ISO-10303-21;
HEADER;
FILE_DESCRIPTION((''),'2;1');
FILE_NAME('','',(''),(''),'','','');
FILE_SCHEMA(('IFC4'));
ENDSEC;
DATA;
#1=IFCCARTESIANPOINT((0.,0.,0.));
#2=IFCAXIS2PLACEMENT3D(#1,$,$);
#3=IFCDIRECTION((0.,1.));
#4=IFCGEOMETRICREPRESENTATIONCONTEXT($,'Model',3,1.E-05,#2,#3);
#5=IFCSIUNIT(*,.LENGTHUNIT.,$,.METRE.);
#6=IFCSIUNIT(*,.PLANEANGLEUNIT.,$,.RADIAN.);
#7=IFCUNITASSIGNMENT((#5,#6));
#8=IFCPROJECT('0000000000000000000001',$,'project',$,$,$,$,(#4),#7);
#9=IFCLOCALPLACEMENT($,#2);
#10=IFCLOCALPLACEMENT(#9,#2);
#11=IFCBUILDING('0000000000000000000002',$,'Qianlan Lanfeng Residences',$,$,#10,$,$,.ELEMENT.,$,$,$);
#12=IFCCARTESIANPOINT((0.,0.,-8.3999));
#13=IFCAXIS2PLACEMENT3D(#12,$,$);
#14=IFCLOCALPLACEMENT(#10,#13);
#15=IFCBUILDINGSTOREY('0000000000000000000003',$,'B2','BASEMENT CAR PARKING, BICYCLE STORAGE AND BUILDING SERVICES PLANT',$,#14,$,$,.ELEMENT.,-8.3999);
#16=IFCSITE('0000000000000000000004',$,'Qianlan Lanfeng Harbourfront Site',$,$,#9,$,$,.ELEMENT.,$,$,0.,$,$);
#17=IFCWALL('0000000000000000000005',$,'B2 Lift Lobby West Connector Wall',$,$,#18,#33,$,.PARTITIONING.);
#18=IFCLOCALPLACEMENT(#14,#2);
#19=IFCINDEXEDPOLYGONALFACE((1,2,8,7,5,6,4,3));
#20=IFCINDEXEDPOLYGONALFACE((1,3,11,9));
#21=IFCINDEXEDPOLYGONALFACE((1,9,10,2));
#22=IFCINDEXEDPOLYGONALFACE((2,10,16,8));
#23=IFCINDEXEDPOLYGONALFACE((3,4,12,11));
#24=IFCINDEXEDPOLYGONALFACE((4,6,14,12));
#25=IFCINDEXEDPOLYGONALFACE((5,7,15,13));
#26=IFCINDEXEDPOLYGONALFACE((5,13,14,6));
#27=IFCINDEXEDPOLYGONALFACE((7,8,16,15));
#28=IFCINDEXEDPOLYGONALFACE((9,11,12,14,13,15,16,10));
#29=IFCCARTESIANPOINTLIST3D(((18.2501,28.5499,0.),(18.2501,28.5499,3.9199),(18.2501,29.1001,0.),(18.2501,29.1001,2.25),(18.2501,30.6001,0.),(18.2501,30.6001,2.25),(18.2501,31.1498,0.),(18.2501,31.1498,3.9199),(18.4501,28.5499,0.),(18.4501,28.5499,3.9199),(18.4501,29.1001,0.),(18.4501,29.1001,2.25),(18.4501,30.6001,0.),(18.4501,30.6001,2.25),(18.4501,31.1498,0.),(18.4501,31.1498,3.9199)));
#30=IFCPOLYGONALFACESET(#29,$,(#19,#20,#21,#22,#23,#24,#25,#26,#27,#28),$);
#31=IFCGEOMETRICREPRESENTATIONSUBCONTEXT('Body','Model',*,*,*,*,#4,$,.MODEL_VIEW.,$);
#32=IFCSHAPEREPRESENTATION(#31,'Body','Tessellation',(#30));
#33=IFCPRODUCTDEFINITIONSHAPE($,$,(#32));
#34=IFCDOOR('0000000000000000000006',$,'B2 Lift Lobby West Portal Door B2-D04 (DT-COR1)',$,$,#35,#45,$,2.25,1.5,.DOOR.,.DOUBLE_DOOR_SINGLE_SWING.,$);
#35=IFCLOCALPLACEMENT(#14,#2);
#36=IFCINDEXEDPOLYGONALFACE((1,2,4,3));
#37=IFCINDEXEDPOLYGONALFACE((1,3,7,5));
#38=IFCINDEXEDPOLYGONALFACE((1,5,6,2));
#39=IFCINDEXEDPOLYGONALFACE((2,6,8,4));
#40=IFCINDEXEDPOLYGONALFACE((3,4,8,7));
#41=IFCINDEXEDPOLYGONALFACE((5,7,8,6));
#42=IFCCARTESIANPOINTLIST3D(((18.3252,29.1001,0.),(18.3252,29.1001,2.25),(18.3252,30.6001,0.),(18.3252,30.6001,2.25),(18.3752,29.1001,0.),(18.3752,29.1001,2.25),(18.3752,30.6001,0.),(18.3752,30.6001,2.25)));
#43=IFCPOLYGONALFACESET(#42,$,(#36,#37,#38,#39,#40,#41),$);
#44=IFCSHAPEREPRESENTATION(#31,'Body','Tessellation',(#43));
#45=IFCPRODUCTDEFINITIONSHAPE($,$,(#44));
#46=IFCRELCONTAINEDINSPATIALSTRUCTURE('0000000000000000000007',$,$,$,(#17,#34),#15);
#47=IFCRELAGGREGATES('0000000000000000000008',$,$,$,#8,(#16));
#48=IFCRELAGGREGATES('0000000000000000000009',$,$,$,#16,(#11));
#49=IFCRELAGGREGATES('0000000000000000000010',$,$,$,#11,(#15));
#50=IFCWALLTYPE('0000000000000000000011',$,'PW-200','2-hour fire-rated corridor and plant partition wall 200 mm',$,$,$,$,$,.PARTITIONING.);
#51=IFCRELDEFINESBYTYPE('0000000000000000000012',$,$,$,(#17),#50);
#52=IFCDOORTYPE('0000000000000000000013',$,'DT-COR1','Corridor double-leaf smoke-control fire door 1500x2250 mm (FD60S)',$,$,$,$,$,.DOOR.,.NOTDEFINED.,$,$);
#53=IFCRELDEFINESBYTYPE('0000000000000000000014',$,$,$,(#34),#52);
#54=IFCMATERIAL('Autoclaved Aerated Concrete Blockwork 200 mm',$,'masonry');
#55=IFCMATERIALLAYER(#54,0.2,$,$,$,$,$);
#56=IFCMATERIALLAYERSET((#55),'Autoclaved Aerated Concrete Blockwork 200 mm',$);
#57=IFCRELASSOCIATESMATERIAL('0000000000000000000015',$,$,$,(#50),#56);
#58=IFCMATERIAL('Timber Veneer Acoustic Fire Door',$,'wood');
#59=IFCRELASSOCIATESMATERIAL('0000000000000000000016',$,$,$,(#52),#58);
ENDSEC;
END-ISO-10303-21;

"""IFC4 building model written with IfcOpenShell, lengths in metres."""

from ifc_helpers import new_model, si_unit, direction, frame, frame_2d, origin, place, context, subcontext, project, spatial, rectangle, extrude, material, layer, layer_set, type_object, element, fill, save


model = new_model("IFC4")

# Units and contexts
model_context = context("Model", 3, precision=1e-05, world=origin(), true_north=direction((0.0, 1.0)))
body_context = subcontext(model_context, "Body", "Model", "MODEL_VIEW")
ifc_project = project(units=[si_unit("LENGTHUNIT", "METRE"), si_unit("PLANEANGLEUNIT", "RADIAN")], contexts=[model_context])

# Site, building, storey
site_placement = place(None, origin())
site = spatial("IfcSite", under=ifc_project, at=site_placement, Name="Qianlan Lanfeng Harbourfront Site", CompositionType="ELEMENT", RefElevation=0.0)
building_placement = place(site_placement, origin())
building = spatial("IfcBuilding", under=site, at=building_placement, Name="Qianlan Lanfeng Residences", CompositionType="ELEMENT")
storey_placement = place(building_placement, frame((0.0, 0.0, -8.3999)))
storey = spatial("IfcBuildingStorey", under=building, at=storey_placement, Name="B2", Description="BASEMENT CAR PARKING, BICYCLE STORAGE AND BUILDING SERVICES PLANT", CompositionType="ELEMENT", Elevation=-8.3999)

# Wall, opening, door
ifc_material_1 = material(Name="Autoclaved Aerated Concrete Blockwork 200 mm", Category="masonry")
ifc_layer_1 = layer(ifc_material_1, 0.2)
ifc_layer_set_1 = layer_set([ifc_layer_1], Name="Autoclaved Aerated Concrete Blockwork 200 mm")
wall_type_1 = type_object("IfcWallType", Name="PW-200", Description="2-hour fire-rated corridor and plant partition wall 200 mm", PredefinedType="PARTITIONING", material=ifc_layer_set_1)
wall_1_placement = place(storey_placement, frame((18.3501, 28.55, 0.0), z_axis=(0.0, 0.0, 1.0), x_axis=(0.0, 1.0, 0.0)))
wall_1 = element("IfcWall", 1, at=wall_1_placement, inside=storey, type_object=wall_type_1, Name="B2 Lift Lobby West Connector Wall", PredefinedType="PARTITIONING", context=body_context, shape_type="SweptSolid", body=[
    extrude(rectangle(XDim=2.5999, YDim=0.2, at=frame_2d((1.2998, 0.0))), origin(), (0.0, 0.0, 1.0), 3.9199),
])
opening_1_placement = place(wall_1_placement, frame((0.55, 0.0, 0.0)))
opening_1 = element("IfcOpeningElement", 2, at=opening_1_placement, cuts=wall_1, PredefinedType="OPENING", context=body_context, shape_type="SweptSolid", body=[
    extrude(rectangle(XDim=1.5, YDim=2.25, at=frame_2d((0.75, 1.125))), frame((0.0, 0.1099, 0.0), z_axis=(0.0, -1.0, 0.0), x_axis=(1.0, 0.0, 0.0)), (0.0, 0.0, 1.0), 0.22),
])
ifc_material_2 = material(Name="Timber Veneer Acoustic Fire Door", Category="wood")
door_type_1 = type_object("IfcDoorType", Name="DT-COR1", Description="Corridor double-leaf smoke-control fire door 1500x2250 mm (FD60S)", OperationType="NOTDEFINED", PredefinedType="DOOR", material=ifc_material_2)
door_1_placement = place(opening_1_placement, origin())
door_1 = element("IfcDoor", 3, at=door_1_placement, inside=storey, type_object=door_type_1, Name="B2 Lift Lobby West Portal Door B2-D04 (DT-COR1)", OperationType="DOUBLE_DOOR_SINGLE_SWING", OverallHeight=2.25, OverallWidth=1.5, PredefinedType="DOOR", context=body_context, shape_type="SweptSolid", body=[
    extrude(rectangle(XDim=1.5, YDim=2.25, at=frame_2d((0.75, 1.125))), frame((0.0, 0.0249, 0.0), z_axis=(0.0, -1.0, 0.0), x_axis=(1.0, 0.0, 0.0)), (0.0, 0.0, 1.0), 0.05),
])
fill(opening_1, door_1)

save(model, "model.ifc")
